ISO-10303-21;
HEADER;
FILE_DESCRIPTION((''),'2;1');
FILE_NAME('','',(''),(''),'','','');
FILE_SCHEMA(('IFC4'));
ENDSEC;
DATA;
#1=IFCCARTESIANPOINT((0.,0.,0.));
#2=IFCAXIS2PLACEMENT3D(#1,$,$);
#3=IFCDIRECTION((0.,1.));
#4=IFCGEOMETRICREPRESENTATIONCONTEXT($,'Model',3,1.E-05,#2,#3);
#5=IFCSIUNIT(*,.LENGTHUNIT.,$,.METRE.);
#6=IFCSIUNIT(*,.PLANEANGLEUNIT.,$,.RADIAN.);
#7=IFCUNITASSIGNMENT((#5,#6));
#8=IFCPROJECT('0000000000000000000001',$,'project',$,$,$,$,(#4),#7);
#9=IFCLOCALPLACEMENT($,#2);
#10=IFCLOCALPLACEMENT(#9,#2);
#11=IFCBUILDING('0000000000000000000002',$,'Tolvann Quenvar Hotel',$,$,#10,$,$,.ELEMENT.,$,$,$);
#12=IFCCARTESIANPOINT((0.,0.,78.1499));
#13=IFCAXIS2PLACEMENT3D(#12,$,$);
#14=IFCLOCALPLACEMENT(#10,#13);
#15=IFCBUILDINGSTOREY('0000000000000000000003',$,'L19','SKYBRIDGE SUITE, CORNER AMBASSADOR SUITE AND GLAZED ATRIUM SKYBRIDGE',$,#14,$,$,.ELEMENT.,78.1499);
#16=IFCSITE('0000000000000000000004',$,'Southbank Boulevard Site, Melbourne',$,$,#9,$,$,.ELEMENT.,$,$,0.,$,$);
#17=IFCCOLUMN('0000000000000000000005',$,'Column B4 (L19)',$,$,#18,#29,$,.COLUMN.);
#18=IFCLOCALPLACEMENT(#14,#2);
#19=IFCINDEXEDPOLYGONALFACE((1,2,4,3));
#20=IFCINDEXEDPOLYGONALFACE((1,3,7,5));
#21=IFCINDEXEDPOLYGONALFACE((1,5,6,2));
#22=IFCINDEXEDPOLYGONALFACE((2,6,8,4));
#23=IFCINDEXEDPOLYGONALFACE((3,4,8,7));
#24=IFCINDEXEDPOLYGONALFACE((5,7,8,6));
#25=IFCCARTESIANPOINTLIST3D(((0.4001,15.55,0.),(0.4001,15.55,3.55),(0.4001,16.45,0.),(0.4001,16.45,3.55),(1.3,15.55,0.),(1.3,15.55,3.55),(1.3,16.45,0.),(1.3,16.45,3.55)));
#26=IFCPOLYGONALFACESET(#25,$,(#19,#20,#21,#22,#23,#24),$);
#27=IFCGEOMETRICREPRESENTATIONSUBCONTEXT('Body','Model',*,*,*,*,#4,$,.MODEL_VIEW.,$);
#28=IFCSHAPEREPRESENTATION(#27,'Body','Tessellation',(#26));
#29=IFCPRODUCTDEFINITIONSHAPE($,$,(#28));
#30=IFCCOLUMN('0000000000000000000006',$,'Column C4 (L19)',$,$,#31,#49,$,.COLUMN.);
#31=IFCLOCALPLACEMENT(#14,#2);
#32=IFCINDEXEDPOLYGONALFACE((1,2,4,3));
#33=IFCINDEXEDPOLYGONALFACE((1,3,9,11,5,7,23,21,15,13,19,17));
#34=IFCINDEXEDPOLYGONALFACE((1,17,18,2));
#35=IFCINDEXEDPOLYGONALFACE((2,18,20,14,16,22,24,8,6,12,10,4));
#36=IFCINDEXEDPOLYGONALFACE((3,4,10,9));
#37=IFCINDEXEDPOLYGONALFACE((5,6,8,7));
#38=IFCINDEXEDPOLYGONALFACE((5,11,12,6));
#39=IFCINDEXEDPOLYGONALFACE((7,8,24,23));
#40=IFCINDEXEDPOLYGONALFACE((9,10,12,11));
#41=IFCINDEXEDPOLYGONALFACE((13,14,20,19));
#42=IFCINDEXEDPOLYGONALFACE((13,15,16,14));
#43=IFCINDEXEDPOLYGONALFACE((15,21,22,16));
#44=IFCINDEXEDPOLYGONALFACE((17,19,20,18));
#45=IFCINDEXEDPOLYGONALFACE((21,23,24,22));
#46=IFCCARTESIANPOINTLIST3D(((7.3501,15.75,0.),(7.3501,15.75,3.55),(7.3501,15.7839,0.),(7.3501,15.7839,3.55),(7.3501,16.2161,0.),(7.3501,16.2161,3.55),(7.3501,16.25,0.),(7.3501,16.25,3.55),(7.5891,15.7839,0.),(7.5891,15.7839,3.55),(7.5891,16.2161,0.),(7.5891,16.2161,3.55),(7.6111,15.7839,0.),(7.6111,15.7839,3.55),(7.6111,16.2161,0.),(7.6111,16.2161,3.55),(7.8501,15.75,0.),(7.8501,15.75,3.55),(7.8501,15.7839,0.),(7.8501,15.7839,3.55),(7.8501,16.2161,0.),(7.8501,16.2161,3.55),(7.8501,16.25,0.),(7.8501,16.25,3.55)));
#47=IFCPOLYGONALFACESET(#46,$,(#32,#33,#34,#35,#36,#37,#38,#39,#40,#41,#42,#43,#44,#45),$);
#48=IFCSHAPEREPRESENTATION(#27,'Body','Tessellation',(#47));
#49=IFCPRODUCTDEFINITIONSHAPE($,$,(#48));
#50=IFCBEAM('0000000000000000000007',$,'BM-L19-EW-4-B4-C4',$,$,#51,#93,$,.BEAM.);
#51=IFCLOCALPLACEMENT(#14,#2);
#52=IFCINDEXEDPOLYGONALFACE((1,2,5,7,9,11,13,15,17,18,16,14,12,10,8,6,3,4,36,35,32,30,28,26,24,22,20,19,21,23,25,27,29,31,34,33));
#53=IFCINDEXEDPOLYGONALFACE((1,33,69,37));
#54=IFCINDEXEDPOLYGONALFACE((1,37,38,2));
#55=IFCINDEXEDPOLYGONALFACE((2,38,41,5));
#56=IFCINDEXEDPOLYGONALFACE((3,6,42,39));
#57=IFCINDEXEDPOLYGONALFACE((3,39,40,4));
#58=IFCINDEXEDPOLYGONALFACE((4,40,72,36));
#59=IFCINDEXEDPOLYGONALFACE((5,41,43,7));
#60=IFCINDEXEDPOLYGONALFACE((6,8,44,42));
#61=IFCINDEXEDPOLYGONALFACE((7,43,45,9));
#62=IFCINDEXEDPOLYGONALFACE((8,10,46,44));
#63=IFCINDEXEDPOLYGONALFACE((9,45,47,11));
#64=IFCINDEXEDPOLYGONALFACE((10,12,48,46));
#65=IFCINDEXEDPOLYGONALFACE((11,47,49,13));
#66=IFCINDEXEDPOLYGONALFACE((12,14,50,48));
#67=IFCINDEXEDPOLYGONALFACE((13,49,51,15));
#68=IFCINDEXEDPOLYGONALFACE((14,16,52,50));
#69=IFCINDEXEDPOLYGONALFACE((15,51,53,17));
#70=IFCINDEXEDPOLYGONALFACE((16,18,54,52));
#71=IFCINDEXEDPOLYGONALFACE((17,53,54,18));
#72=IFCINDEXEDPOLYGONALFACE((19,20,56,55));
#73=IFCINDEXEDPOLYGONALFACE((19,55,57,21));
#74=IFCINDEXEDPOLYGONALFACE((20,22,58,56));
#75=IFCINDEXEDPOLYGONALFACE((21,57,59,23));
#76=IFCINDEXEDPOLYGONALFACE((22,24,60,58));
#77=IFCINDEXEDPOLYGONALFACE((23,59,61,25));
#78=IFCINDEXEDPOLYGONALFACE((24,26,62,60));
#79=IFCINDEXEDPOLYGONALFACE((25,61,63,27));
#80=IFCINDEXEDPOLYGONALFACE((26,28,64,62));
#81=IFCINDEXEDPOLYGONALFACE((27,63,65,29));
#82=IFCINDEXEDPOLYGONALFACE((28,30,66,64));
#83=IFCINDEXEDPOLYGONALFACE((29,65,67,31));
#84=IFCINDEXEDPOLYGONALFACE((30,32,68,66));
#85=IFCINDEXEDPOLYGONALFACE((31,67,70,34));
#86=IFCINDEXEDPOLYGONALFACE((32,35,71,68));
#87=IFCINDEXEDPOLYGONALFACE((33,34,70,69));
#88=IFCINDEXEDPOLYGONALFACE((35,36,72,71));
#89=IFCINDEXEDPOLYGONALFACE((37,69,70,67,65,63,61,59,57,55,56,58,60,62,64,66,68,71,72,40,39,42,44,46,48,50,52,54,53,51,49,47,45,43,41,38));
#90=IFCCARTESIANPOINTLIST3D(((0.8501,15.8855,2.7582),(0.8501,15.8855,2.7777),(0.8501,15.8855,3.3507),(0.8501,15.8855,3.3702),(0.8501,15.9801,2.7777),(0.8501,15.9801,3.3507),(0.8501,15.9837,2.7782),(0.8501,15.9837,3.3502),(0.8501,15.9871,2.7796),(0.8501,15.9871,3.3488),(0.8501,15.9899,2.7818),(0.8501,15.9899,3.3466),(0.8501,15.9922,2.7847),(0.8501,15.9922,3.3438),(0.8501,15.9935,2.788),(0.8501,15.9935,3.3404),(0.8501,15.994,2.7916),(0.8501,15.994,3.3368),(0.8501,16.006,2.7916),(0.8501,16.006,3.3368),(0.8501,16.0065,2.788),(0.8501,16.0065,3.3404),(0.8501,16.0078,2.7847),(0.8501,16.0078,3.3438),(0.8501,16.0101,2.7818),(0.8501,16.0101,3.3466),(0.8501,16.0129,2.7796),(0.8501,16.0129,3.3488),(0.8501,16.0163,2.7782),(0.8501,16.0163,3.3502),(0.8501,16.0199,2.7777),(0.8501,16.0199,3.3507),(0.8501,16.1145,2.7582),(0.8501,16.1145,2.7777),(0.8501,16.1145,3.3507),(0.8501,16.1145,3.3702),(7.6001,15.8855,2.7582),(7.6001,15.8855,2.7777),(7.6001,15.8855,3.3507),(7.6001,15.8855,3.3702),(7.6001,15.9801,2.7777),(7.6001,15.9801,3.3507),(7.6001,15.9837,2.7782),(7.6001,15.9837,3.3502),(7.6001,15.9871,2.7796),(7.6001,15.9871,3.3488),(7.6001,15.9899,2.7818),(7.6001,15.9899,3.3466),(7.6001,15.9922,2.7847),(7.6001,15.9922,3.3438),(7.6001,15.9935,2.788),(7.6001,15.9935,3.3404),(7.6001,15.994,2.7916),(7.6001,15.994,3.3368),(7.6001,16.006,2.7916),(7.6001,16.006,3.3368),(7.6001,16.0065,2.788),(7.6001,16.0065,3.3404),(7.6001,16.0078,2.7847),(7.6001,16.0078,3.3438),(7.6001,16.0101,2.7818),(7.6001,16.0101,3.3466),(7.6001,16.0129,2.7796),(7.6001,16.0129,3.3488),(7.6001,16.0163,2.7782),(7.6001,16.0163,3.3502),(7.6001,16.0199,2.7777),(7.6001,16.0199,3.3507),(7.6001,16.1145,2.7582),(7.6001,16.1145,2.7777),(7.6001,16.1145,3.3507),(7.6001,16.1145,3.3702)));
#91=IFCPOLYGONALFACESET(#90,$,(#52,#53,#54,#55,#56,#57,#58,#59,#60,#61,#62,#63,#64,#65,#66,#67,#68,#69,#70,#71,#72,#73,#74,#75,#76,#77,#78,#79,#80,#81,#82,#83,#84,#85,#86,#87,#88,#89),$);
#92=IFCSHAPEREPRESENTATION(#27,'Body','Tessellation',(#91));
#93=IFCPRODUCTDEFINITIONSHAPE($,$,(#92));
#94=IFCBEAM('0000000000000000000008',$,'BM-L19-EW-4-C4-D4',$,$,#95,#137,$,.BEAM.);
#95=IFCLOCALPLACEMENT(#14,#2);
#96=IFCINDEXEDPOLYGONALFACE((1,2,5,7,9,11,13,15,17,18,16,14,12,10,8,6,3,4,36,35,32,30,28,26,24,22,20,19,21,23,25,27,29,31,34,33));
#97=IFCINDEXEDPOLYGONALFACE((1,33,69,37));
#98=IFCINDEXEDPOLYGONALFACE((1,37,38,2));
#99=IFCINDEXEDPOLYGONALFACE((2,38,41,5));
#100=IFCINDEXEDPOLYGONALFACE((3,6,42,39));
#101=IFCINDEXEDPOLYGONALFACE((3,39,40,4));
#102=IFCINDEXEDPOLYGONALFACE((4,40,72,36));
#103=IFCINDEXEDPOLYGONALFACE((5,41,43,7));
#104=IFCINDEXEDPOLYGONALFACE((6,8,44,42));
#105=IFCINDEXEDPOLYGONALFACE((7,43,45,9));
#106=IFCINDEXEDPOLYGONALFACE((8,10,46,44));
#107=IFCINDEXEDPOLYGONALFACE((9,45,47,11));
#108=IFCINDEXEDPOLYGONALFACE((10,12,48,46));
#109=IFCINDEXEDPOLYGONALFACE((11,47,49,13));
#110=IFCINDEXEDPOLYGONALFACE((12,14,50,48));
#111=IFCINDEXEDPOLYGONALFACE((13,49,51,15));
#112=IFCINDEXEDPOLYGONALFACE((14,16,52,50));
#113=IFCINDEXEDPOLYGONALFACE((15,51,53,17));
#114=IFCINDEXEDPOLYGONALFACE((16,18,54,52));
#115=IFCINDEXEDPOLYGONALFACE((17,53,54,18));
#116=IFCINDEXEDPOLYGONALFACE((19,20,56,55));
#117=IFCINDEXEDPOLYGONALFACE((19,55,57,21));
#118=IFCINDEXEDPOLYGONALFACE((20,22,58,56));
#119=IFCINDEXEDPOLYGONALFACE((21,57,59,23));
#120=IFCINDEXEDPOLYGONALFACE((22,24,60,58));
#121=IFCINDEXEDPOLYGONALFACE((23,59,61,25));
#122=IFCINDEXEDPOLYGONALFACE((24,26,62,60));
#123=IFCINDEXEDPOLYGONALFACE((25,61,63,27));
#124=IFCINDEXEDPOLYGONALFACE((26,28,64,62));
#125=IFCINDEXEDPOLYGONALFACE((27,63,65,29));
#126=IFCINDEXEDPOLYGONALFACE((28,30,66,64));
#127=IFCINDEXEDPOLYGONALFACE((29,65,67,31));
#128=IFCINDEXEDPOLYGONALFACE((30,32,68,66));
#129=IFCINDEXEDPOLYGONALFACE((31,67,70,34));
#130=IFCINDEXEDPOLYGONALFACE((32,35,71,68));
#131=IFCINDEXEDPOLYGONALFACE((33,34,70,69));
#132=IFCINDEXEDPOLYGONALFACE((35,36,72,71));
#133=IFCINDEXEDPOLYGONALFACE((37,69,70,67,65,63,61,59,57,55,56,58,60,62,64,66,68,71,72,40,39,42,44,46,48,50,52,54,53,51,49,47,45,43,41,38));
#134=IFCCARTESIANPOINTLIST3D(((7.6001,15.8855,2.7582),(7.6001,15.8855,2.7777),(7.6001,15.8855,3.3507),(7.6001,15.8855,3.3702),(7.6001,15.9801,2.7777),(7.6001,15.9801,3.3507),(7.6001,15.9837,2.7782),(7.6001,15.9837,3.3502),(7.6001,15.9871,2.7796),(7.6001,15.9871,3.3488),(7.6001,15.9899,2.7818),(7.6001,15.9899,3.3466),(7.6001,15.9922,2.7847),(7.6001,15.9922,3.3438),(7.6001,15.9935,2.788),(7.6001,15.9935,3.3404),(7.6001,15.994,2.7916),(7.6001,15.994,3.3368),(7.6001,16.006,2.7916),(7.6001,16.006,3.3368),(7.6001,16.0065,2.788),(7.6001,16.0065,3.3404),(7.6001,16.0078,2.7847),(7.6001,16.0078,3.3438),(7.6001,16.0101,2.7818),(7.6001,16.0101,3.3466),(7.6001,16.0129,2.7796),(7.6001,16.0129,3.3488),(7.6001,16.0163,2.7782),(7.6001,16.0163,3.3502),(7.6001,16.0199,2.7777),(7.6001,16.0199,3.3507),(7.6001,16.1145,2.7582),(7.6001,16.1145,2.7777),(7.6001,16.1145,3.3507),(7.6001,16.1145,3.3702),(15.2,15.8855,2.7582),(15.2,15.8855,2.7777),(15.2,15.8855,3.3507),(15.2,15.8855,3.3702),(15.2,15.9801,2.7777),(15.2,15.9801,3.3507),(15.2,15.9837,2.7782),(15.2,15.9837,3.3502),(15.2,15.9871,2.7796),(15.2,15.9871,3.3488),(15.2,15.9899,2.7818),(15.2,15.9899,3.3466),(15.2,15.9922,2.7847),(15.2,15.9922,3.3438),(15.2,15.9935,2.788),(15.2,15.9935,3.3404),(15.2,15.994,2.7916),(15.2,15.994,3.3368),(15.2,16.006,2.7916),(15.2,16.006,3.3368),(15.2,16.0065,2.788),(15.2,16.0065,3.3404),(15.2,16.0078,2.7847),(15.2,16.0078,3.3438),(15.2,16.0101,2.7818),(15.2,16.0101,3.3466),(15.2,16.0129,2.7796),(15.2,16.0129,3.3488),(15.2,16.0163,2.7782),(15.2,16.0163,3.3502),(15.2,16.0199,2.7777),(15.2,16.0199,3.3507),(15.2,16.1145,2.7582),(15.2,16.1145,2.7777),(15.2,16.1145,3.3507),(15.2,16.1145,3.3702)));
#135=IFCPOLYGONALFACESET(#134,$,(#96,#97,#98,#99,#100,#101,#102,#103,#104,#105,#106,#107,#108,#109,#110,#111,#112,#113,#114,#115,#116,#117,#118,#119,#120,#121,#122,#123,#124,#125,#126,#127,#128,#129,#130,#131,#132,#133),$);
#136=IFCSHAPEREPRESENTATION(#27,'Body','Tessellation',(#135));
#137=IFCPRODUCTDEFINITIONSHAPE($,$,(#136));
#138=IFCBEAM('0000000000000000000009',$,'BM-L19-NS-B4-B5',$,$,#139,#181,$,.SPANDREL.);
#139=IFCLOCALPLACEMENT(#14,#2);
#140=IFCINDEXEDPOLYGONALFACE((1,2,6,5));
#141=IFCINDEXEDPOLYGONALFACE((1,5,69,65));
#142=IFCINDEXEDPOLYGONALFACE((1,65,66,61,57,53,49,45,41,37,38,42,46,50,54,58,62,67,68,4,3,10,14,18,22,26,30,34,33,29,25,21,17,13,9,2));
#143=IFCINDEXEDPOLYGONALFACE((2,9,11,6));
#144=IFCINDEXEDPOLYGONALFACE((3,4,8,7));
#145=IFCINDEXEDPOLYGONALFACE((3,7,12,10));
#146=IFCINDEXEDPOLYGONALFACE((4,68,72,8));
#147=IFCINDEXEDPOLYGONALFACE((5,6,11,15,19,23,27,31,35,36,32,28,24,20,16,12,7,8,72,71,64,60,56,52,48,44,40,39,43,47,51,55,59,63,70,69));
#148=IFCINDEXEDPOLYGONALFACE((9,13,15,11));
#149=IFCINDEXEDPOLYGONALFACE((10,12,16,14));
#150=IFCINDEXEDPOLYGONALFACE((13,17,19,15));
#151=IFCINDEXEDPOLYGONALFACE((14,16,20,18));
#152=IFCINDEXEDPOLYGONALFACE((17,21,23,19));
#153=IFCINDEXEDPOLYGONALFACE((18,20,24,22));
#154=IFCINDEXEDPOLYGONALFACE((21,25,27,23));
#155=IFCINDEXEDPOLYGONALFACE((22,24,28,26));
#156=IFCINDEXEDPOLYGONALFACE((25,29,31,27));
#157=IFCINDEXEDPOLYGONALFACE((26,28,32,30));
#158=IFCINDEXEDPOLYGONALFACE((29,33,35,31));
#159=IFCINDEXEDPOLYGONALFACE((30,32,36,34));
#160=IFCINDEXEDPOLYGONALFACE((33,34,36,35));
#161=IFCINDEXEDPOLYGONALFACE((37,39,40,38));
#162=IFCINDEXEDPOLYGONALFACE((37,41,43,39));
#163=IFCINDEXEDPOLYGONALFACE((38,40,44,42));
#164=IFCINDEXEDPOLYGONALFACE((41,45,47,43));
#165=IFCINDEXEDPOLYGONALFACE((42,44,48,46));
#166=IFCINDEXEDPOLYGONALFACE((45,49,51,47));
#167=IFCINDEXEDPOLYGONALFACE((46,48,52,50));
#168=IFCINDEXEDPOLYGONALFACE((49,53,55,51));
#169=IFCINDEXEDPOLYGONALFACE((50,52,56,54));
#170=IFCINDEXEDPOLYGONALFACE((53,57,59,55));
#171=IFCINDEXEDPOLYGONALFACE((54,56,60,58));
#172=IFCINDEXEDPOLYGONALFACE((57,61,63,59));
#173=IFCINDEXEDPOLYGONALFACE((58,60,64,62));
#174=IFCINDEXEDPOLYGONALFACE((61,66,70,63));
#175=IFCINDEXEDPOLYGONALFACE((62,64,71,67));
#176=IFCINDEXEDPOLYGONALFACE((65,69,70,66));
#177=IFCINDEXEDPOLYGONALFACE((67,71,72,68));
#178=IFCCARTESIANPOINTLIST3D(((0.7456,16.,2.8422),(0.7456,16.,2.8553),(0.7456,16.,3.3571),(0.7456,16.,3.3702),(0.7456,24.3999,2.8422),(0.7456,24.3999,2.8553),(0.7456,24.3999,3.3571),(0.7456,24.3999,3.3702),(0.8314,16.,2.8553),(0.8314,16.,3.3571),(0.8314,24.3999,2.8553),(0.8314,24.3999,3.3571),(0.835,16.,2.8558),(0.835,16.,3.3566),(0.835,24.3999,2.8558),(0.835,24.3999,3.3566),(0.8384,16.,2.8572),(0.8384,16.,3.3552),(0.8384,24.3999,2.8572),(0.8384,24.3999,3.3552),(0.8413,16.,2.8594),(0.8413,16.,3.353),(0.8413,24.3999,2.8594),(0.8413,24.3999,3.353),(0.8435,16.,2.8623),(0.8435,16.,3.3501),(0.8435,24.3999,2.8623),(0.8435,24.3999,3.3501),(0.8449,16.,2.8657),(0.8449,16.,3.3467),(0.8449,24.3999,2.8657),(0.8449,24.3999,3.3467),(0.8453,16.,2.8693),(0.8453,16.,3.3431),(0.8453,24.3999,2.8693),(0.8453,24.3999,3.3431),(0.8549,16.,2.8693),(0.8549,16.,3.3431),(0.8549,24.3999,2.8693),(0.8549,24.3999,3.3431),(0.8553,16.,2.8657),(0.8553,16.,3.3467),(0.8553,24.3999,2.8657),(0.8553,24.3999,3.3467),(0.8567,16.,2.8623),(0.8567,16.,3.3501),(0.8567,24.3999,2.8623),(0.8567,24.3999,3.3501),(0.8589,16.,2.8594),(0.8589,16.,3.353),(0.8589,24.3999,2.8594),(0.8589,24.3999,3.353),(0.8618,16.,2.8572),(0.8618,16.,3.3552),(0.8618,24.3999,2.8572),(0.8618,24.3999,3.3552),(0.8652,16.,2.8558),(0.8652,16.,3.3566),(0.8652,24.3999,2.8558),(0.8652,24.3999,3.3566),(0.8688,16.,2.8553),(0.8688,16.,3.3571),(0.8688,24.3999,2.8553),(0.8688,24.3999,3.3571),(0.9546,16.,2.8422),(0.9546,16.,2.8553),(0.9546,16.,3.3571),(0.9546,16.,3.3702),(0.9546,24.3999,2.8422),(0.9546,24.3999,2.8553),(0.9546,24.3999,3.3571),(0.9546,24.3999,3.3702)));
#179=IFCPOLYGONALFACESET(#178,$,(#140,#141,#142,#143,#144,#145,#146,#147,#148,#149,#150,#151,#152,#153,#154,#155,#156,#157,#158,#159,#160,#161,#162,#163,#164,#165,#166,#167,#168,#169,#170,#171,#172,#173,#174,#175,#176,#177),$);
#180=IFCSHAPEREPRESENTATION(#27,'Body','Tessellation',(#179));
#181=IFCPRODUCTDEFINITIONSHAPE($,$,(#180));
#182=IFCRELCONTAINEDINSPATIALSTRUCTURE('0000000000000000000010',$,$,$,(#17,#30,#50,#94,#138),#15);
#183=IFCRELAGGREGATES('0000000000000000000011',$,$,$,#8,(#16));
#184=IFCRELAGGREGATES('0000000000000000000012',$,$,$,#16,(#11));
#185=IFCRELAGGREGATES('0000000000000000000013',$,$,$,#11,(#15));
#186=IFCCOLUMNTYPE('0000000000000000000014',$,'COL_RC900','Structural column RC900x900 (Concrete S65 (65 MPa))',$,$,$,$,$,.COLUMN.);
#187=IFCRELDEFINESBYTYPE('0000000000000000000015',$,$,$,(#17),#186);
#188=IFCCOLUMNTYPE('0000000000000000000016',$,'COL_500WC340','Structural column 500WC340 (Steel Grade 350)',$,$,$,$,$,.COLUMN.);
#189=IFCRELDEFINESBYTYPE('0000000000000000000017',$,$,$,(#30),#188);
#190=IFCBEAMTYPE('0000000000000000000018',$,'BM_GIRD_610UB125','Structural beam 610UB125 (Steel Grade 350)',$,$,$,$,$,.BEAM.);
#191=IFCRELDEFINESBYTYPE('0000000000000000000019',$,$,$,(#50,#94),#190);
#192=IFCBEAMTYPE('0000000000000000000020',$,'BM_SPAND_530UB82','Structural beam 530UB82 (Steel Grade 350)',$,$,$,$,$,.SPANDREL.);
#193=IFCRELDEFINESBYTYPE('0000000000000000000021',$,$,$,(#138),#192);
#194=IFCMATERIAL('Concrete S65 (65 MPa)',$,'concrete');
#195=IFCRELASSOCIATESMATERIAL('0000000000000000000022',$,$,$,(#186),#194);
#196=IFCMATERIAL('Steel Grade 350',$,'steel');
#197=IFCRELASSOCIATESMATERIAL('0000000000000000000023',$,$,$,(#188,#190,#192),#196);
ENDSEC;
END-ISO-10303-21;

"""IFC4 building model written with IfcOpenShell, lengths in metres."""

from ifc_helpers import new_model, si_unit, direction, frame, origin, origin_2d, place, context, subcontext, project, spatial, rectangle, i_section, extrude, source, transform, mapped, material, material_profile, profile_set, type_object, type_shapes, element, save


model = new_model("IFC4")

# Units and contexts
model_context = context("Model", 3, precision=1e-05, world=origin(), true_north=direction((0.0, 1.0)))
body_context = subcontext(model_context, "Body", "Model", "MODEL_VIEW")
ifc_project = project(units=[si_unit("LENGTHUNIT", "METRE"), si_unit("PLANEANGLEUNIT", "RADIAN")], contexts=[model_context])

# Site, building, storey
site_placement = place(None, origin())
site = spatial("IfcSite", under=ifc_project, at=site_placement, Name="Southbank Boulevard Site, Melbourne", CompositionType="ELEMENT", RefElevation=0.0)
building_placement = place(site_placement, origin())
building = spatial("IfcBuilding", under=site, at=building_placement, Name="Tolvann Quenvar Hotel", CompositionType="ELEMENT")
storey_placement = place(building_placement, frame((0.0, 0.0, 78.1499)))
storey = spatial("IfcBuildingStorey", under=building, at=storey_placement, Name="L19", Description="SKYBRIDGE SUITE, CORNER AMBASSADOR SUITE AND GLAZED ATRIUM SKYBRIDGE", CompositionType="ELEMENT", Elevation=78.1499)

# Columns
ifc_material_1 = material(Name="Concrete S65 (65 MPa)", Category="concrete")
ifc_material_profile_1 = material_profile(ifc_material_1, rectangle(XDim=0.8999, YDim=0.8999, at=origin_2d()), Name="RC900x900")
ifc_profile_set_1 = profile_set([ifc_material_profile_1], Name="Concrete S65 (65 MPa)")
column_type_1 = type_object("IfcColumnType", Name="COL_RC900", Description="Structural column RC900x900 (Concrete S65 (65 MPa))", PredefinedType="COLUMN", material=ifc_profile_set_1)
shared_shape_1 = source(origin(), body_context, "Body", "SweptSolid", [
    extrude(rectangle(XDim=0.8999, YDim=0.8999, at=origin_2d()), origin(), (0.0, 0.0, 1.0), 3.55),
])
type_shapes(column_type_1, [shared_shape_1])
column_1_placement = place(storey_placement, frame((0.8501, 16.0, 0.0), z_axis=(0.0, 0.0, 1.0), x_axis=(1.0, 0.0, 0.0)))
element("IfcColumn", 1, at=column_1_placement, inside=storey, type_object=column_type_1, Name="Column B4 (L19)", PredefinedType="COLUMN", context=body_context, shape_type="MappedRepresentation", body=[
    mapped(shared_shape_1, transform((0.0, 0.0, 0.0), x_axis=(1.0, 0.0, 0.0), y_axis=(0.0, 1.0, 0.0), z_axis=(0.0, 0.0, 1.0), scale=1.0)),
])
ifc_material_2 = material(Name="Steel Grade 350", Category="steel")
ifc_material_profile_2 = material_profile(ifc_material_2, i_section(OverallWidth=0.5, OverallDepth=0.5, WebThickness=0.022, FlangeThickness=0.0339, at=origin_2d()), Name="500WC340")
ifc_profile_set_2 = profile_set([ifc_material_profile_2], Name="Steel Grade 350")
column_type_2 = type_object("IfcColumnType", Name="COL_500WC340", Description="Structural column 500WC340 (Steel Grade 350)", PredefinedType="COLUMN", material=ifc_profile_set_2)
shared_shape_2 = source(origin(), body_context, "Body", "SweptSolid", [
    extrude(i_section(OverallWidth=0.5, OverallDepth=0.5, WebThickness=0.022, FlangeThickness=0.0339, at=origin_2d()), origin(), (0.0, 0.0, 1.0), 3.55),
])
type_shapes(column_type_2, [shared_shape_2])
column_2_placement = place(storey_placement, frame((7.6001, 16.0, 0.0), z_axis=(0.0, 0.0, 1.0), x_axis=(1.0, 0.0, 0.0)))
element("IfcColumn", 2, at=column_2_placement, inside=storey, type_object=column_type_2, Name="Column C4 (L19)", PredefinedType="COLUMN", context=body_context, shape_type="MappedRepresentation", body=[
    mapped(shared_shape_2, transform((0.0, 0.0, 0.0), x_axis=(1.0, 0.0, 0.0), y_axis=(0.0, 1.0, 0.0), z_axis=(0.0, 0.0, 1.0), scale=1.0)),
])

# Beams
ifc_material_profile_3 = material_profile(ifc_material_2, i_section(OverallWidth=0.229, OverallDepth=0.6121, WebThickness=0.012, FlangeThickness=0.0195, FilletRadius=0.0139, at=origin_2d()), Name="610UB125")
ifc_profile_set_3 = profile_set([ifc_material_profile_3], Name="Steel Grade 350")
beam_type_1 = type_object("IfcBeamType", Name="BM_GIRD_610UB125", Description="Structural beam 610UB125 (Steel Grade 350)", PredefinedType="BEAM", material=ifc_profile_set_3)
shared_shape_3 = source(origin(), body_context, "Body", "SweptSolid", [
    extrude(i_section(OverallWidth=0.229, OverallDepth=0.6121, WebThickness=0.012, FlangeThickness=0.0195, FilletRadius=0.0139, at=origin_2d()), origin(), (0.0, 0.0, 1.0), 6.75),
])
beam_1_placement = place(storey_placement, frame((0.8501, 16.0, 3.0642), z_axis=(1.0, 0.0, 0.0), x_axis=(0.0, 1.0, 0.0)))
element("IfcBeam", 3, at=beam_1_placement, inside=storey, type_object=beam_type_1, Name="BM-L19-EW-4-B4-C4", PredefinedType="BEAM", context=body_context, shape_type="MappedRepresentation", body=[
    mapped(shared_shape_3, transform((0.0, 0.0, 0.0), x_axis=(1.0, 0.0, 0.0), y_axis=(0.0, 1.0, 0.0), z_axis=(0.0, 0.0, 1.0), scale=1.0)),
])
shared_shape_4 = source(origin(), body_context, "Body", "SweptSolid", [
    extrude(i_section(OverallWidth=0.229, OverallDepth=0.6121, WebThickness=0.012, FlangeThickness=0.0195, FilletRadius=0.0139, at=origin_2d()), origin(), (0.0, 0.0, 1.0), 7.5999),
])
type_shapes(beam_type_1, [shared_shape_3, shared_shape_4])
beam_2_placement = place(storey_placement, frame((7.6001, 16.0, 3.0642), z_axis=(1.0, 0.0, 0.0), x_axis=(0.0, 1.0, 0.0)))
element("IfcBeam", 4, at=beam_2_placement, inside=storey, type_object=beam_type_1, Name="BM-L19-EW-4-C4-D4", PredefinedType="BEAM", context=body_context, shape_type="MappedRepresentation", body=[
    mapped(shared_shape_4, transform((0.0, 0.0, 0.0), x_axis=(1.0, 0.0, 0.0), y_axis=(0.0, 1.0, 0.0), z_axis=(0.0, 0.0, 1.0), scale=1.0)),
])
ifc_material_profile_4 = material_profile(ifc_material_2, i_section(OverallWidth=0.209, OverallDepth=0.5281, WebThickness=0.0095, FlangeThickness=0.0132, FilletRadius=0.0139, at=origin_2d()), Name="530UB82")
ifc_profile_set_4 = profile_set([ifc_material_profile_4], Name="Steel Grade 350")
beam_type_2 = type_object("IfcBeamType", Name="BM_SPAND_530UB82", Description="Structural beam 530UB82 (Steel Grade 350)", PredefinedType="SPANDREL", material=ifc_profile_set_4)
shared_shape_5 = source(origin(), body_context, "Body", "SweptSolid", [
    extrude(i_section(OverallWidth=0.209, OverallDepth=0.5281, WebThickness=0.0095, FlangeThickness=0.0132, FilletRadius=0.0139, at=origin_2d()), origin(), (0.0, 0.0, 1.0), 8.3999),
])
type_shapes(beam_type_2, [shared_shape_5])
beam_3_placement = place(storey_placement, frame((0.8501, 16.0, 3.1062), z_axis=(0.0, 1.0, 0.0), x_axis=(-1.0, 0.0, 0.0)))
element("IfcBeam", 5, at=beam_3_placement, inside=storey, type_object=beam_type_2, Name="BM-L19-NS-B4-B5", PredefinedType="SPANDREL", context=body_context, shape_type="MappedRepresentation", body=[
    mapped(shared_shape_5, transform((0.0, 0.0, 0.0), x_axis=(1.0, 0.0, 0.0), y_axis=(0.0, 1.0, 0.0), z_axis=(0.0, 0.0, 1.0), scale=1.0)),
])

save(model, "model.ifc")
